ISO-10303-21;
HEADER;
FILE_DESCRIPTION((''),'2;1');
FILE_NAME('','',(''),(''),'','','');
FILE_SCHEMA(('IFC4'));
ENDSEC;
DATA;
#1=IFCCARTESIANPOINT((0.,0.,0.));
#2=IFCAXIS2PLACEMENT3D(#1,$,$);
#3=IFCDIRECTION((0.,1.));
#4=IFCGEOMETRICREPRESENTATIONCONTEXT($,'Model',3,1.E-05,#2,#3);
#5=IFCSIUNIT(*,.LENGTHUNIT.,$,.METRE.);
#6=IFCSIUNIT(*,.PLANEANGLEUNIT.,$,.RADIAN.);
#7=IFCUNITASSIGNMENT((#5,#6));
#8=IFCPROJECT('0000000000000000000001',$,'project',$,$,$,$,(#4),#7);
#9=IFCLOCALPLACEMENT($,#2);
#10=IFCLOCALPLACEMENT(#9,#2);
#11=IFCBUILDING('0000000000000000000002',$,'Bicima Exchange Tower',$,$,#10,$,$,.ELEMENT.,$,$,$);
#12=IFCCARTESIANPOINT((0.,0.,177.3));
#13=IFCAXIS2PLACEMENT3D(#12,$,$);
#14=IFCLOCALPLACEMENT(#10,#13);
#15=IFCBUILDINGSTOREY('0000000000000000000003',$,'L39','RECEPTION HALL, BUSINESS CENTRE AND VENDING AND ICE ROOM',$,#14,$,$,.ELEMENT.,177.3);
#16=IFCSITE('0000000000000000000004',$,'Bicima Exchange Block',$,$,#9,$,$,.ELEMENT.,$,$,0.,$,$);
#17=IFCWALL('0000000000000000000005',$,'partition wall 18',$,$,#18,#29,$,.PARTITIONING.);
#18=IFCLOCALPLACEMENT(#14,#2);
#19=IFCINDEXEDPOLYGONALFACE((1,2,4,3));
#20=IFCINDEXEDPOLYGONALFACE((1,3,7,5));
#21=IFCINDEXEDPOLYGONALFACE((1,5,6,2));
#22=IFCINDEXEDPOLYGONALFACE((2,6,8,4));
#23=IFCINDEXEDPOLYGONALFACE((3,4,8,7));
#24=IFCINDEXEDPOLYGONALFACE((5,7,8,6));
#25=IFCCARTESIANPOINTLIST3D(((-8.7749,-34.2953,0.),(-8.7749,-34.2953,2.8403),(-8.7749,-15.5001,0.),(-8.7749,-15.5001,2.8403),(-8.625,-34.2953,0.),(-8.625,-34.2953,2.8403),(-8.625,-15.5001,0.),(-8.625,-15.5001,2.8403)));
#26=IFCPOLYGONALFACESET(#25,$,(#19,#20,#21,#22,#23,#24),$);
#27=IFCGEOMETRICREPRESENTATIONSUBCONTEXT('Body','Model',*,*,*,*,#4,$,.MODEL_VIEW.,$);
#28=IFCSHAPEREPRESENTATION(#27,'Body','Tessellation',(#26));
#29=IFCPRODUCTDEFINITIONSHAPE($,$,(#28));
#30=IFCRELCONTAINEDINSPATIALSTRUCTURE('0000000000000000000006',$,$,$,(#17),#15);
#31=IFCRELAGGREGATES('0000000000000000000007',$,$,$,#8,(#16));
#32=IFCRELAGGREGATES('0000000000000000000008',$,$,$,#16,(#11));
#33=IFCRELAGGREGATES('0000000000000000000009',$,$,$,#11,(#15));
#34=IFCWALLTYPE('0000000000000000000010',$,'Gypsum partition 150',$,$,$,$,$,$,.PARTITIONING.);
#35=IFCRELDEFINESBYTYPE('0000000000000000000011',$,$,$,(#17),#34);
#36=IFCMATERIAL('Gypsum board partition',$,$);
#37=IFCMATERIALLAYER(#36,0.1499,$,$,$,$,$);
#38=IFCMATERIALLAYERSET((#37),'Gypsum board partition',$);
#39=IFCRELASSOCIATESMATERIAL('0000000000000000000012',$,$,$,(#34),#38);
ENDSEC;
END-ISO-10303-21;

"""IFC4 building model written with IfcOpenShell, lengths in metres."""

from ifc_helpers import new_model, si_unit, direction, frame, frame_2d, origin, place, context, subcontext, project, spatial, rectangle, extrude, material, layer, layer_set, type_object, element, save


model = new_model("IFC4")

# Units and contexts
model_context = context("Model", 3, precision=1e-05, world=origin(), true_north=direction((0.0, 1.0)))
body_context = subcontext(model_context, "Body", "Model", "MODEL_VIEW")
ifc_project = project(units=[si_unit("LENGTHUNIT", "METRE"), si_unit("PLANEANGLEUNIT", "RADIAN")], contexts=[model_context])

# Site, building, storey
site_placement = place(None, origin())
site = spatial("IfcSite", under=ifc_project, at=site_placement, Name="Bicima Exchange Block", CompositionType="ELEMENT", RefElevation=0.0)
building_placement = place(site_placement, origin())
building = spatial("IfcBuilding", under=site, at=building_placement, Name="Bicima Exchange Tower", CompositionType="ELEMENT")
storey_placement = place(building_placement, frame((0.0, 0.0, 177.3)))
storey = spatial("IfcBuildingStorey", under=building, at=storey_placement, Name="L39", Description="RECEPTION HALL, BUSINESS CENTRE AND VENDING AND ICE ROOM", CompositionType="ELEMENT", Elevation=177.3)

# Wall
ifc_material_1 = material(Name="Gypsum board partition")
ifc_layer_1 = layer(ifc_material_1, 0.1499)
ifc_layer_set_1 = layer_set([ifc_layer_1], Name="Gypsum board partition")
wall_type = type_object("IfcWallType", Name="Gypsum partition 150", PredefinedType="PARTITIONING", material=ifc_layer_set_1)
wall_1_placement = place(storey_placement, frame((-8.7, -34.2952, 0.0), z_axis=(0.0, 0.0, 1.0), x_axis=(0.0, 1.0, 0.0)))
element("IfcWall", 1, at=wall_1_placement, inside=storey, type_object=wall_type, Name="partition wall 18", PredefinedType="PARTITIONING", context=body_context, shape_type="SweptSolid", body=[
    extrude(rectangle(XDim=18.7952, YDim=0.1499, at=frame_2d((9.3975, 0.0))), origin(), (0.0, 0.0, 1.0), 2.8403),
])

save(model, "model.ifc")
